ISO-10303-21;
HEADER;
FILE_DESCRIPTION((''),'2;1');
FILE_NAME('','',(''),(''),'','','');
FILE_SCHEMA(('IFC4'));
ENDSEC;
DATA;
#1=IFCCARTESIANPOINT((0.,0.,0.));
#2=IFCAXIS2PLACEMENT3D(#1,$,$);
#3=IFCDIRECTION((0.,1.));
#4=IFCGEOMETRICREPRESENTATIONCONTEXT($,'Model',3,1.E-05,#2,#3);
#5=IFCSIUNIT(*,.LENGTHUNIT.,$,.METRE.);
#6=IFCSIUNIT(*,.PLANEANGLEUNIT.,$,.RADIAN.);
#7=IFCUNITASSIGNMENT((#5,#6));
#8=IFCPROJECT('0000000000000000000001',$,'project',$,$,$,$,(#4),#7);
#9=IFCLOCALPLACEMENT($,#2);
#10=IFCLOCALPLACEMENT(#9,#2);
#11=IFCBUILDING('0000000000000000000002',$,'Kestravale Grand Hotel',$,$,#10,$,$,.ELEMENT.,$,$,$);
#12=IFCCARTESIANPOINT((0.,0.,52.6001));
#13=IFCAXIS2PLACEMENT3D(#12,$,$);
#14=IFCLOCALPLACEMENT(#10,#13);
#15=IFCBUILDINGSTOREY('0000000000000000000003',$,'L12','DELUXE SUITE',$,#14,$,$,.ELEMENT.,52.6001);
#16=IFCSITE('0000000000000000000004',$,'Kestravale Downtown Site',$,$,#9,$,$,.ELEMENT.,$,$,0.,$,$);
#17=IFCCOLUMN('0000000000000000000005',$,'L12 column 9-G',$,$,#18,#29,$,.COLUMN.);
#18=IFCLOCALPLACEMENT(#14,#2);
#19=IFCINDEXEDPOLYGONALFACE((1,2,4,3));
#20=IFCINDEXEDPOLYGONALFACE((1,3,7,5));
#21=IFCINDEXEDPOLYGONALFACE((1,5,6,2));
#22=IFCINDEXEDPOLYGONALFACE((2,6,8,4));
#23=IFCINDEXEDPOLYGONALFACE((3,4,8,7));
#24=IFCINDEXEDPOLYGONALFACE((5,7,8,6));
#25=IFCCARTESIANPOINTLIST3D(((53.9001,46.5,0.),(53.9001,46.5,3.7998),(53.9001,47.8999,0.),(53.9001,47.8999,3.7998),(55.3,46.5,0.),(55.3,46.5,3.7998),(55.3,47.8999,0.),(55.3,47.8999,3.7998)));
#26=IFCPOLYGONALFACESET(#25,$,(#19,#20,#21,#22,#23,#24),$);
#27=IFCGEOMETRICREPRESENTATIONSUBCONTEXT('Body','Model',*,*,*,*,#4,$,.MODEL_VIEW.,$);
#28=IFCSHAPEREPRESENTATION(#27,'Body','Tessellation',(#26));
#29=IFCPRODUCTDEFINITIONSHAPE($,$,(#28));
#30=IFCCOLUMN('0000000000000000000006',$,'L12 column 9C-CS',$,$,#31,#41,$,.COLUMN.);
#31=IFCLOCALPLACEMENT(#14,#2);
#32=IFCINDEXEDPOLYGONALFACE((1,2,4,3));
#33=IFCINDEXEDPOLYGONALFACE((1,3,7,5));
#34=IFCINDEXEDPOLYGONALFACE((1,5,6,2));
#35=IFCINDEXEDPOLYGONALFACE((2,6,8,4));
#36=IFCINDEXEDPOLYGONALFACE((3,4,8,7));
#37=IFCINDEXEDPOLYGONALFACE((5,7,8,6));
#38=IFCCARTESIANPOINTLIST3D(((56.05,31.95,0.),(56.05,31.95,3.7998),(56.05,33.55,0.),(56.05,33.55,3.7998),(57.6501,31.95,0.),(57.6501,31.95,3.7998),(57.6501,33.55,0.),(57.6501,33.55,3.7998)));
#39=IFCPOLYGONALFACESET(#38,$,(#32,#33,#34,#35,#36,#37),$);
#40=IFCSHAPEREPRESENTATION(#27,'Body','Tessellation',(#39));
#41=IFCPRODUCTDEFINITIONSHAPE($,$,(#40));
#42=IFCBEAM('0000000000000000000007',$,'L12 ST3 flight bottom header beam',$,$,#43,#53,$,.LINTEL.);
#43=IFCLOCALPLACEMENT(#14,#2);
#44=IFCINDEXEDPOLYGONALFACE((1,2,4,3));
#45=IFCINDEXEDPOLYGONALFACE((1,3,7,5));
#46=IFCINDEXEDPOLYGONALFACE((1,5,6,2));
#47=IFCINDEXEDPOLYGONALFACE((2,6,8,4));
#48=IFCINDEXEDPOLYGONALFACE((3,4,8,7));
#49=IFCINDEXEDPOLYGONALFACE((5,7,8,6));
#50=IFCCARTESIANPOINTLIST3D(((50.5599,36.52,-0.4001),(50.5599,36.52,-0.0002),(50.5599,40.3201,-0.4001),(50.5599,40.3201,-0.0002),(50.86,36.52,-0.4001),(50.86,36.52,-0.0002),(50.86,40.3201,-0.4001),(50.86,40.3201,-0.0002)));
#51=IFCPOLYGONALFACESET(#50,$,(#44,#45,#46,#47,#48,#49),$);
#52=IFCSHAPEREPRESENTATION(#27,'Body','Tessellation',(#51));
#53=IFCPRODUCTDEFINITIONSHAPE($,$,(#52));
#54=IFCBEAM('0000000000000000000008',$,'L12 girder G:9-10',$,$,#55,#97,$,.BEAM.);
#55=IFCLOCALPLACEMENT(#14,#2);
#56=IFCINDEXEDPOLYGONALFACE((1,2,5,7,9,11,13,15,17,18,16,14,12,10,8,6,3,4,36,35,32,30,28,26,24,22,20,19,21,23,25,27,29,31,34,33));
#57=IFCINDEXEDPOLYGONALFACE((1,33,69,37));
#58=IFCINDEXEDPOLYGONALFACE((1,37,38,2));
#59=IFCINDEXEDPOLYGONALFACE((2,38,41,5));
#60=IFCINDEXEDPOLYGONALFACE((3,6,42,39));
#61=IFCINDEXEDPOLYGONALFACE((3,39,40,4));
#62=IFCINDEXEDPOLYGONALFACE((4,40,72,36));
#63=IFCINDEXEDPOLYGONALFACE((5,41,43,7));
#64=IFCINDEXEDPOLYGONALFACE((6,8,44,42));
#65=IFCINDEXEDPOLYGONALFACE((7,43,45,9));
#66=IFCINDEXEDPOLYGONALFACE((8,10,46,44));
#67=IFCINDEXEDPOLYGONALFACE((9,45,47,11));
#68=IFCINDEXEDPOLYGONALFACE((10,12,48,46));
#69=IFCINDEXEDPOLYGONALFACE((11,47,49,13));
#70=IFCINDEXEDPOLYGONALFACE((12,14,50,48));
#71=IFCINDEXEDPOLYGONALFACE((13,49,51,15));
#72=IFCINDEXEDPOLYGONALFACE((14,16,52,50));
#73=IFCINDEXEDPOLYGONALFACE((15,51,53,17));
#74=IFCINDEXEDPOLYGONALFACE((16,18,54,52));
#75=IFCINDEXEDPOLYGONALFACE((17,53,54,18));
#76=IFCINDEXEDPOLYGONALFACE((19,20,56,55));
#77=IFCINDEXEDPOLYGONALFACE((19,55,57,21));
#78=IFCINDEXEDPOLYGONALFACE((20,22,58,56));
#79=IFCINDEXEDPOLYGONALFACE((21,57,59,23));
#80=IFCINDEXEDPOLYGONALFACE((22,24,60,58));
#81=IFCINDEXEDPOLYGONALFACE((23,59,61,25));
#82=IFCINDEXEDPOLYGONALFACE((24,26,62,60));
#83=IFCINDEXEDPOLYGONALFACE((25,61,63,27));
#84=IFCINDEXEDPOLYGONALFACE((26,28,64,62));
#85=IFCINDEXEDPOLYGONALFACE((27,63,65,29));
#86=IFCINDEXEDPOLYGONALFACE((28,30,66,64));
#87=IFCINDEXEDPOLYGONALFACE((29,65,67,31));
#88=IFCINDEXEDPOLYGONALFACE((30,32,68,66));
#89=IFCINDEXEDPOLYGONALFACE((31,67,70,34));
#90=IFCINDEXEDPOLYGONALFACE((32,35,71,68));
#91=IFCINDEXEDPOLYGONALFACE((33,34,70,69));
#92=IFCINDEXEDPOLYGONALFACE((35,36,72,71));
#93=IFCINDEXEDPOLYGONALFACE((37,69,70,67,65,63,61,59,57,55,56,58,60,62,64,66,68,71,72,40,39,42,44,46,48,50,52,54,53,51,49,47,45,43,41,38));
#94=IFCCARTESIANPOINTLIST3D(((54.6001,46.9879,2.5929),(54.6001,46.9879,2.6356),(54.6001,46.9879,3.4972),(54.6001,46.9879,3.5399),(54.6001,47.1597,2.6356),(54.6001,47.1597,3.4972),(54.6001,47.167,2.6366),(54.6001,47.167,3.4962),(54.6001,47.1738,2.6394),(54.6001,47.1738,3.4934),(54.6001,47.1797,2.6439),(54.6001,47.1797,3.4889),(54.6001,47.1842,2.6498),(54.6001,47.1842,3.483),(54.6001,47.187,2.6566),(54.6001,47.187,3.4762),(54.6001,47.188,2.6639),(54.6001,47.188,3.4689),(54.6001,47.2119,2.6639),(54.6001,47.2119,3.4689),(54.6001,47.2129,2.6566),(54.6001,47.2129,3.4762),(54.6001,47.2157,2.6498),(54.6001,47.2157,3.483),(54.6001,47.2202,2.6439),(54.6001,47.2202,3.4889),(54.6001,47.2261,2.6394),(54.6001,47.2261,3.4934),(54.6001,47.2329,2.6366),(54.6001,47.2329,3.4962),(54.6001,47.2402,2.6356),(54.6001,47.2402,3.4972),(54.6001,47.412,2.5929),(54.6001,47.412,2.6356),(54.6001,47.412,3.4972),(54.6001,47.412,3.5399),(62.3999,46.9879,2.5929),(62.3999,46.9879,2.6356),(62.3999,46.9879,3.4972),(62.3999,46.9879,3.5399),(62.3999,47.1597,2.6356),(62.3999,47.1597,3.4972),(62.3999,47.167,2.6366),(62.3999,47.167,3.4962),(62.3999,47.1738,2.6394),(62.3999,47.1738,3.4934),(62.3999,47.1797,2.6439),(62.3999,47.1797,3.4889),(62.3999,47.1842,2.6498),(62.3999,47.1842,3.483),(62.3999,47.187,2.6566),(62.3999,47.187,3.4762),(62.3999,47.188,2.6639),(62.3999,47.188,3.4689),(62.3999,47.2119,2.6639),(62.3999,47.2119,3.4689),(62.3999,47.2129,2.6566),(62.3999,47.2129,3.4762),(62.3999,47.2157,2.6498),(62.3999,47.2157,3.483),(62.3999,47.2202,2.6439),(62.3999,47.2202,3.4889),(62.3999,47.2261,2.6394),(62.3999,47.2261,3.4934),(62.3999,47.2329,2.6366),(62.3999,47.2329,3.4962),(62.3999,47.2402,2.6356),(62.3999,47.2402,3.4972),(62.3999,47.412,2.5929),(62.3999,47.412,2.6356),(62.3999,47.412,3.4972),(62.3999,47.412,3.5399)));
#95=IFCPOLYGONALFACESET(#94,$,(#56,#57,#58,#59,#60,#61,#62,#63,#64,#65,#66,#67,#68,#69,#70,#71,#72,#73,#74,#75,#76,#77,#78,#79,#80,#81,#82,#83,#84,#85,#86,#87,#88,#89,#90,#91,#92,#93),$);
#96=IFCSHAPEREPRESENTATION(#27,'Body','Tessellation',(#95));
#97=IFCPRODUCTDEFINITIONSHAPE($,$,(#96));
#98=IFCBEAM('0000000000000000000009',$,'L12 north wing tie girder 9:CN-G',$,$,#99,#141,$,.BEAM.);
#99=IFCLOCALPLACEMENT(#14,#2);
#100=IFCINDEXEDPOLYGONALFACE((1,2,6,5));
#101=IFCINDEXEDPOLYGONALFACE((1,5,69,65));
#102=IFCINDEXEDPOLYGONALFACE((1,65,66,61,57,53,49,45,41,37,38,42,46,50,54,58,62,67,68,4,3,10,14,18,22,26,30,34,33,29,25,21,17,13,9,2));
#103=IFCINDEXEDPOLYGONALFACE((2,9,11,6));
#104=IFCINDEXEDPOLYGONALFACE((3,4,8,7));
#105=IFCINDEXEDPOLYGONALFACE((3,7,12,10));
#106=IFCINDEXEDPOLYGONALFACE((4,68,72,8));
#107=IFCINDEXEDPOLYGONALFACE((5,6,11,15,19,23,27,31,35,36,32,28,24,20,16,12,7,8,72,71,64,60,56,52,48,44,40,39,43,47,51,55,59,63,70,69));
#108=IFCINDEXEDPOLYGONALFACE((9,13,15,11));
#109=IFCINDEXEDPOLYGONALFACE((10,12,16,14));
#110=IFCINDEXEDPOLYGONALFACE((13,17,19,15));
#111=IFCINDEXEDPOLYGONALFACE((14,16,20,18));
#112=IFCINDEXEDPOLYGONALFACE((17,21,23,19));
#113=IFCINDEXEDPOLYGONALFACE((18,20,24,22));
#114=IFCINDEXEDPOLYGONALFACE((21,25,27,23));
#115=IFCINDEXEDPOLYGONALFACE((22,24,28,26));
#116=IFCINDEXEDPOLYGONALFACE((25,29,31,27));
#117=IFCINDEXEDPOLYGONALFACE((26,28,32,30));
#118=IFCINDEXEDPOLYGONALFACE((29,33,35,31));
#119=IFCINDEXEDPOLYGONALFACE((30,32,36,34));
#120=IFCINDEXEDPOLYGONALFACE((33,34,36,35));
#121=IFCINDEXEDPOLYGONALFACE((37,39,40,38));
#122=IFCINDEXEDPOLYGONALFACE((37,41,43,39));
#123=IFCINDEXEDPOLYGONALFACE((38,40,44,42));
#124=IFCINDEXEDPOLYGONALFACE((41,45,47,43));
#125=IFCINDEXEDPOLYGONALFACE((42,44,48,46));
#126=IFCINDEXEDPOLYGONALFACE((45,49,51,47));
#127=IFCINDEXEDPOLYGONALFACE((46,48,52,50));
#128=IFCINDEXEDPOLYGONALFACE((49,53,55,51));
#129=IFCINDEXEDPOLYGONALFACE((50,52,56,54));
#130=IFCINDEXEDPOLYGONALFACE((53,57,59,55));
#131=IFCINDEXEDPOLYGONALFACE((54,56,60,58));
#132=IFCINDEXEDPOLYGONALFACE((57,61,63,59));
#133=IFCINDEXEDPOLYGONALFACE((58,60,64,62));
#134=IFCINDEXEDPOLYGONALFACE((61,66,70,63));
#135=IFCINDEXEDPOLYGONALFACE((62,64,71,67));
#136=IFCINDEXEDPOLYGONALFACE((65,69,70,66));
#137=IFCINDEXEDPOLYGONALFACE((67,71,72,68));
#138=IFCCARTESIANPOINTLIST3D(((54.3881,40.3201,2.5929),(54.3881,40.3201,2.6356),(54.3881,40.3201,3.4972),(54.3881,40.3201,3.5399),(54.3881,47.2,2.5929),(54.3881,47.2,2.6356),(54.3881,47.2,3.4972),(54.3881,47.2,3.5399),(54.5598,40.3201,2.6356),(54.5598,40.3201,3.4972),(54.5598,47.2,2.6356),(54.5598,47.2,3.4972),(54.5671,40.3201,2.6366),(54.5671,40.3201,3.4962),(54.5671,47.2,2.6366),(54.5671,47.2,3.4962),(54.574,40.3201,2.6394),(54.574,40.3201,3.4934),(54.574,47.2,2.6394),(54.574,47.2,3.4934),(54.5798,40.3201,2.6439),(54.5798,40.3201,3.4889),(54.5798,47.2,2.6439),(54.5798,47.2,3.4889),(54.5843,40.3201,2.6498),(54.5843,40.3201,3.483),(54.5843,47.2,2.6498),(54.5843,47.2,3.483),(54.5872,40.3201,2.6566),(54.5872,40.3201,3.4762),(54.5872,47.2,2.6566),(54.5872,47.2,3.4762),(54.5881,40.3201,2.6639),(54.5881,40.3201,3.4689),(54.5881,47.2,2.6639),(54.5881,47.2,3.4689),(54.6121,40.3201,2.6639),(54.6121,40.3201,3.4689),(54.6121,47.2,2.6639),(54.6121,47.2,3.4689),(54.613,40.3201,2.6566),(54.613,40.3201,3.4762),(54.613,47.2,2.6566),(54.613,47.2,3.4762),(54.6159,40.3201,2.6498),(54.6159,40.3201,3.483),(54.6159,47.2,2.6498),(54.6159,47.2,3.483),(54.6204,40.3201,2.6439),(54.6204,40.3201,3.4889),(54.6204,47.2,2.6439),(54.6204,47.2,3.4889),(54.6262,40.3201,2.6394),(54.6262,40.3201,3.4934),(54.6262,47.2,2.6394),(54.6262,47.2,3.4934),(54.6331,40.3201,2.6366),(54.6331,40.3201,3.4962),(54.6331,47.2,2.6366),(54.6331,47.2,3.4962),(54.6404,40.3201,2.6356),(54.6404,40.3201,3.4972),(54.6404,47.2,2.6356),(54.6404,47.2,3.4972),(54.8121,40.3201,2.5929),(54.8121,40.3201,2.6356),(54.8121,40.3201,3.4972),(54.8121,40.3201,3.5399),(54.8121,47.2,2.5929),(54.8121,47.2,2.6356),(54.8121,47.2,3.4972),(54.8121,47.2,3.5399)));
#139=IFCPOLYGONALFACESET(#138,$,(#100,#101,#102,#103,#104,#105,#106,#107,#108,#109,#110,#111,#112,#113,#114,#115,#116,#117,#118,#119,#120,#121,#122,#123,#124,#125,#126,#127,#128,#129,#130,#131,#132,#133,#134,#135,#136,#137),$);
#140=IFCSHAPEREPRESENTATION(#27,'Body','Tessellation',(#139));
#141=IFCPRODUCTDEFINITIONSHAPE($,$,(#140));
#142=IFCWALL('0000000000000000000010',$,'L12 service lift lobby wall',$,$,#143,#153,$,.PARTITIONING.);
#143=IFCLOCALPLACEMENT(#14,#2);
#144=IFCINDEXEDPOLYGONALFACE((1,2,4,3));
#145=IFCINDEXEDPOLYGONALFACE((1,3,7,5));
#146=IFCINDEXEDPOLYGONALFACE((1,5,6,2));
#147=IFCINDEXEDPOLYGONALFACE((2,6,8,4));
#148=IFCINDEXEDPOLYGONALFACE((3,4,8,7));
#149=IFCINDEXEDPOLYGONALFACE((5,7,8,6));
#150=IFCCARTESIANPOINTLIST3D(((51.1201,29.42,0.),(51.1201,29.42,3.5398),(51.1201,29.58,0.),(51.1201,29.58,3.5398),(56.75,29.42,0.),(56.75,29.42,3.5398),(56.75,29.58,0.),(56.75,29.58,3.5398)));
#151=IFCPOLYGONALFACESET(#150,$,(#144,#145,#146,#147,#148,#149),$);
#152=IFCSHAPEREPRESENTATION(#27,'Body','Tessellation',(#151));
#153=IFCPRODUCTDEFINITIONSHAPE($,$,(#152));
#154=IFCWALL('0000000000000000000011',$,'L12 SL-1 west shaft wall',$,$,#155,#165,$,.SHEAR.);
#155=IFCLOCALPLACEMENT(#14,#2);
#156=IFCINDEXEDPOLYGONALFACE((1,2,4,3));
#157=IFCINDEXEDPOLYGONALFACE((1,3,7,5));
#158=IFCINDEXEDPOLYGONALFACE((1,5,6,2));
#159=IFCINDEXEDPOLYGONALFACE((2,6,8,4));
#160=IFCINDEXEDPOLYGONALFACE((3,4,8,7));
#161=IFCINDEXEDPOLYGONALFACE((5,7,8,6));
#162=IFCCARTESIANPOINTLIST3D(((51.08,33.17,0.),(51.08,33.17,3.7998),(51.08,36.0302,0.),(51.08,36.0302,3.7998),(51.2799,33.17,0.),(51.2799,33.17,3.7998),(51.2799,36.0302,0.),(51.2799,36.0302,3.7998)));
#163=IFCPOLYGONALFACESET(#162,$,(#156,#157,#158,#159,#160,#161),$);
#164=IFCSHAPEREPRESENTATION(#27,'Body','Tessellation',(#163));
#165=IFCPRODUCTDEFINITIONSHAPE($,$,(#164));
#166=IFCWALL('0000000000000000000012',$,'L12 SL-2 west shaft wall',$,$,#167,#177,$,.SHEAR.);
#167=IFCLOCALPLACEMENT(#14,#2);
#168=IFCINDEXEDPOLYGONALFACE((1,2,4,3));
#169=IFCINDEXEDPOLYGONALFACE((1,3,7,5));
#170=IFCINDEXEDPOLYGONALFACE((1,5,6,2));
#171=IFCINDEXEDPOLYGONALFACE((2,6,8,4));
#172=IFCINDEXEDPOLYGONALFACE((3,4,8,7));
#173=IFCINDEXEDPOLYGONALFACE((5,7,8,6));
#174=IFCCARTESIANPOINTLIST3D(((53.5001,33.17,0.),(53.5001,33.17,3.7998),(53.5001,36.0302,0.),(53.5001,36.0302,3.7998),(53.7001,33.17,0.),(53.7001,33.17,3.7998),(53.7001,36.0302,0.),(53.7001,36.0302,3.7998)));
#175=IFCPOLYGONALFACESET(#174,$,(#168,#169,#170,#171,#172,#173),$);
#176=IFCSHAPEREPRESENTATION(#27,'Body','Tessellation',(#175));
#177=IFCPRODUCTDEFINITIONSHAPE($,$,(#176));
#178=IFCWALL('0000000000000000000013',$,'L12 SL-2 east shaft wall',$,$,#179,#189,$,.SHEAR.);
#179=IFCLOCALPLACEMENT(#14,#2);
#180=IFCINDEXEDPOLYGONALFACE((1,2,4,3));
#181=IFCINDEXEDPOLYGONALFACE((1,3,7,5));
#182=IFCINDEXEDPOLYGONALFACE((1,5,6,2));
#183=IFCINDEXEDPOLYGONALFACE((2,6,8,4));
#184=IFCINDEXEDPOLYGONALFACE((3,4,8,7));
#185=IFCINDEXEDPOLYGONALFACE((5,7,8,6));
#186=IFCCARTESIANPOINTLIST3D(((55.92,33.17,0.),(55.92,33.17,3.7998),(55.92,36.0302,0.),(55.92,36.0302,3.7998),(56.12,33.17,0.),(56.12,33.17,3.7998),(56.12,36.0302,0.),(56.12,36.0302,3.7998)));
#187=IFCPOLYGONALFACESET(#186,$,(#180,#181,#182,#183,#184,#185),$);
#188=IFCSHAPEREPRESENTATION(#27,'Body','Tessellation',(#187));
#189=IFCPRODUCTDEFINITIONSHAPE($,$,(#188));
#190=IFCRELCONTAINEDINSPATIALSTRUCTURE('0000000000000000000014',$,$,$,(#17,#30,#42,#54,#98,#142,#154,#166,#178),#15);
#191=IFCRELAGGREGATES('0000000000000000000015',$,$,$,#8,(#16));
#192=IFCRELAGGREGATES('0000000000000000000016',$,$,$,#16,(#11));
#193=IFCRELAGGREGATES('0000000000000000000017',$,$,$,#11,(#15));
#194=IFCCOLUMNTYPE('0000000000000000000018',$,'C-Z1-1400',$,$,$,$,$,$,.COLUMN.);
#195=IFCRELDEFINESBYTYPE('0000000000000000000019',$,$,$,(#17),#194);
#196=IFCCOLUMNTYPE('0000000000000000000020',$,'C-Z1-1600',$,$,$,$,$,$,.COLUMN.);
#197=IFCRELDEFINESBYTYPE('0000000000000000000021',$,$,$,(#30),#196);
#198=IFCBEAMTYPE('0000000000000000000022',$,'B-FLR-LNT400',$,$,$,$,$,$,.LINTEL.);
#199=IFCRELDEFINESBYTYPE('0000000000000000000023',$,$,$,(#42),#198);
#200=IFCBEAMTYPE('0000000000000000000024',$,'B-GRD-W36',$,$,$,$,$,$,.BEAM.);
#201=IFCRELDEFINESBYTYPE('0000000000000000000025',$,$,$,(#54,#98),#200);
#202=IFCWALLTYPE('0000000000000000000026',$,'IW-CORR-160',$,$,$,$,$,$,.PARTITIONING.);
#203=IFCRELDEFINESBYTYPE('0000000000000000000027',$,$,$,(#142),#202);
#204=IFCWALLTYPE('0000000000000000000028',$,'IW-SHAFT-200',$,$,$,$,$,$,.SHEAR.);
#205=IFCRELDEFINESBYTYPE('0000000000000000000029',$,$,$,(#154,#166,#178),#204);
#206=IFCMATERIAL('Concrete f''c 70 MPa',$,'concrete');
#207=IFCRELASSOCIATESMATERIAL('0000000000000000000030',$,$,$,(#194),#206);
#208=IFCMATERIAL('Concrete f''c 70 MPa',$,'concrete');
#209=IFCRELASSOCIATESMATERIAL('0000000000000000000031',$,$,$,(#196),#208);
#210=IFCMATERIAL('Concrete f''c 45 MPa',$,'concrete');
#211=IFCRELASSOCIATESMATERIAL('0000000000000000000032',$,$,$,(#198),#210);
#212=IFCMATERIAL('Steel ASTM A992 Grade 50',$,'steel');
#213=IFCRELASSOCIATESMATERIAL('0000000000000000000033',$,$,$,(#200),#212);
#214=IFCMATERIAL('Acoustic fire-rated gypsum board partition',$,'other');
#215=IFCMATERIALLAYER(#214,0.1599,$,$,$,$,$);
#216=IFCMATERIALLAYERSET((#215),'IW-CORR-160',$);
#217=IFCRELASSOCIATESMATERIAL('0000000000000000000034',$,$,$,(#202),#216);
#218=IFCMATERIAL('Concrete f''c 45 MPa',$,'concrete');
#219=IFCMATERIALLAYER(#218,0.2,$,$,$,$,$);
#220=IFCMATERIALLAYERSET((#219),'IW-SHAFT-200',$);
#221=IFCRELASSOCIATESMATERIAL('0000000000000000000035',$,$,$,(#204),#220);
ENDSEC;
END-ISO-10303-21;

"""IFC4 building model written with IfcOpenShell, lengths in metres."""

from ifc_helpers import new_model, si_unit, direction, frame, frame_2d, origin, origin_2d, place, context, subcontext, project, spatial, rectangle, i_section, extrude, material, layer, layer_set, material_profile, profile_set, type_object, element, save


model = new_model("IFC4")

# Units and contexts
model_context = context("Model", 3, precision=1e-05, world=origin(), true_north=direction((0.0, 1.0)))
body_context = subcontext(model_context, "Body", "Model", "MODEL_VIEW")
ifc_project = project(units=[si_unit("LENGTHUNIT", "METRE"), si_unit("PLANEANGLEUNIT", "RADIAN")], contexts=[model_context])

# Site, building, storey
site_placement = place(None, origin())
site = spatial("IfcSite", under=ifc_project, at=site_placement, Name="Kestravale Downtown Site", CompositionType="ELEMENT", RefElevation=0.0)
building_placement = place(site_placement, origin())
building = spatial("IfcBuilding", under=site, at=building_placement, Name="Kestravale Grand Hotel", CompositionType="ELEMENT")
storey_placement = place(building_placement, frame((0.0, 0.0, 52.6001)))
storey = spatial("IfcBuildingStorey", under=building, at=storey_placement, Name="L12", Description="DELUXE SUITE", CompositionType="ELEMENT", Elevation=52.6001)

# Columns
ifc_material_1 = material(Name="Concrete f'c 70 MPa", Category="concrete")
ifc_material_profile_1 = material_profile(ifc_material_1, rectangle(XDim=1.3999, YDim=1.3999, at=origin_2d()))
ifc_profile_set_1 = profile_set([ifc_material_profile_1], Name="Concrete f'c 70 MPa")
column_type_1 = type_object("IfcColumnType", Name="C-Z1-1400", PredefinedType="COLUMN", material=ifc_profile_set_1)
column_1_placement = place(storey_placement, frame((54.6001, 47.2, 0.0), z_axis=(0.0, 0.0, 1.0), x_axis=(1.0, 0.0, 0.0)))
element("IfcColumn", 1, at=column_1_placement, inside=storey, type_object=column_type_1, Name="L12 column 9-G", PredefinedType="COLUMN", context=body_context, shape_type="SweptSolid", body=[
    extrude(rectangle(XDim=1.3999, YDim=1.3999, at=origin_2d()), origin(), (0.0, 0.0, 1.0), 3.7998),
])
ifc_material_2 = material(Name="Concrete f'c 70 MPa", Category="concrete")
ifc_material_profile_2 = material_profile(ifc_material_2, rectangle(XDim=1.6001, YDim=1.6001, at=origin_2d()))
ifc_profile_set_2 = profile_set([ifc_material_profile_2], Name="Concrete f'c 70 MPa")
column_type_2 = type_object("IfcColumnType", Name="C-Z1-1600", PredefinedType="COLUMN", material=ifc_profile_set_2)
column_2_placement = place(storey_placement, frame((56.8501, 32.75, 0.0), z_axis=(0.0, 0.0, 1.0), x_axis=(1.0, 0.0, 0.0)))
element("IfcColumn", 2, at=column_2_placement, inside=storey, type_object=column_type_2, Name="L12 column 9C-CS", PredefinedType="COLUMN", context=body_context, shape_type="SweptSolid", body=[
    extrude(rectangle(XDim=1.6001, YDim=1.6001, at=origin_2d()), origin(), (0.0, 0.0, 1.0), 3.7998),
])

# Beams
ifc_material_3 = material(Name="Concrete f'c 45 MPa", Category="concrete")
ifc_material_profile_3 = material_profile(ifc_material_3, rectangle(XDim=0.3, YDim=0.3999, at=origin_2d()))
ifc_profile_set_3 = profile_set([ifc_material_profile_3], Name="Concrete f'c 45 MPa")
beam_type_1 = type_object("IfcBeamType", Name="B-FLR-LNT400", PredefinedType="LINTEL", material=ifc_profile_set_3)
beam_1_placement = place(storey_placement, frame((50.71, 36.52, -0.2002), z_axis=(0.0, 1.0, 0.0), x_axis=(-1.0, 0.0, 0.0)))
element("IfcBeam", 3, at=beam_1_placement, inside=storey, type_object=beam_type_1, Name="L12 ST3 flight bottom header beam", PredefinedType="LINTEL", context=body_context, shape_type="SweptSolid", body=[
    extrude(rectangle(XDim=0.3, YDim=0.3999, at=origin_2d()), origin(), (0.0, 0.0, 1.0), 3.8),
])
ifc_material_4 = material(Name="Steel ASTM A992 Grade 50", Category="steel")
ifc_material_profile_4 = material_profile(ifc_material_4, i_section(OverallWidth=0.4241, OverallDepth=0.947, WebThickness=0.0239, FlangeThickness=0.0427, FilletRadius=0.0283, at=origin_2d()))
ifc_profile_set_4 = profile_set([ifc_material_profile_4], Name="Steel ASTM A992 Grade 50")
beam_type_2 = type_object("IfcBeamType", Name="B-GRD-W36", PredefinedType="BEAM", material=ifc_profile_set_4)
beam_2_placement = place(storey_placement, frame((54.6001, 47.2, 3.0664), z_axis=(1.0, 0.0, 0.0), x_axis=(0.0, 1.0, 0.0)))
element("IfcBeam", 4, at=beam_2_placement, inside=storey, type_object=beam_type_2, Name="L12 girder G:9-10", PredefinedType="BEAM", context=body_context, shape_type="SweptSolid", body=[
    extrude(i_section(OverallWidth=0.4241, OverallDepth=0.947, WebThickness=0.0239, FlangeThickness=0.0427, FilletRadius=0.0283, at=origin_2d()), origin(), (0.0, 0.0, 1.0), 7.7998),
])
beam_3_placement = place(storey_placement, frame((54.6001, 40.3201, 3.0664), z_axis=(0.0, 1.0, 0.0), x_axis=(-1.0, 0.0, 0.0)))
element("IfcBeam", 5, at=beam_3_placement, inside=storey, type_object=beam_type_2, Name="L12 north wing tie girder 9:CN-G", PredefinedType="BEAM", context=body_context, shape_type="SweptSolid", body=[
    extrude(i_section(OverallWidth=0.4241, OverallDepth=0.947, WebThickness=0.0239, FlangeThickness=0.0427, FilletRadius=0.0283, at=origin_2d()), origin(), (0.0, 0.0, 1.0), 6.8799),
])

# Shared definitions
ifc_material_5 = material(Name="Acoustic fire-rated gypsum board partition", Category="other")
ifc_layer_1 = layer(ifc_material_5, 0.1599)
ifc_layer_set_1 = layer_set([ifc_layer_1], Name="IW-CORR-160")
wall_type_1 = type_object("IfcWallType", Name="IW-CORR-160", PredefinedType="PARTITIONING", material=ifc_layer_set_1)

# Walls
wall_1_placement = place(storey_placement, frame((51.1201, 29.5, 0.0), z_axis=(0.0, 0.0, 1.0), x_axis=(1.0, 0.0, 0.0)))
element("IfcWall", 6, at=wall_1_placement, inside=storey, type_object=wall_type_1, Name="L12 service lift lobby wall", PredefinedType="PARTITIONING", context=body_context, shape_type="SweptSolid", body=[
    extrude(rectangle(XDim=5.6299, YDim=0.1599, at=frame_2d((2.8149, 0.0))), origin(), (0.0, 0.0, 1.0), 3.5398),
])
ifc_material_6 = material(Name="Concrete f'c 45 MPa", Category="concrete")
ifc_layer_2 = layer(ifc_material_6, 0.2)
ifc_layer_set_2 = layer_set([ifc_layer_2], Name="IW-SHAFT-200")
wall_type_2 = type_object("IfcWallType", Name="IW-SHAFT-200", PredefinedType="SHEAR", material=ifc_layer_set_2)
for number, where, z_axis, x_axis, name in (
    (7, (51.1799, 33.1699, 0.0), (0.0, 0.0, 1.0), (0.0, 1.0, 0.0), "L12 SL-1 west shaft wall"),
    (8, (53.6001, 33.1699, 0.0), (0.0, 0.0, 1.0), (0.0, 1.0, 0.0), "L12 SL-2 west shaft wall"),
    (9, (56.02, 33.1699, 0.0), (0.0, 0.0, 1.0), (0.0, 1.0, 0.0), "L12 SL-2 east shaft wall"),
):
    element("IfcWall", number, at=place(storey_placement, frame(where, z_axis=z_axis, x_axis=x_axis)), inside=storey, type_object=wall_type_2, Name=name, PredefinedType="SHEAR", context=body_context, shape_type="SweptSolid", body=[
        extrude(rectangle(XDim=2.8601, YDim=0.2, at=frame_2d((1.4302, 0.0))), origin(), (0.0, 0.0, 1.0), 3.7998),
    ])

save(model, "model.ifc")
